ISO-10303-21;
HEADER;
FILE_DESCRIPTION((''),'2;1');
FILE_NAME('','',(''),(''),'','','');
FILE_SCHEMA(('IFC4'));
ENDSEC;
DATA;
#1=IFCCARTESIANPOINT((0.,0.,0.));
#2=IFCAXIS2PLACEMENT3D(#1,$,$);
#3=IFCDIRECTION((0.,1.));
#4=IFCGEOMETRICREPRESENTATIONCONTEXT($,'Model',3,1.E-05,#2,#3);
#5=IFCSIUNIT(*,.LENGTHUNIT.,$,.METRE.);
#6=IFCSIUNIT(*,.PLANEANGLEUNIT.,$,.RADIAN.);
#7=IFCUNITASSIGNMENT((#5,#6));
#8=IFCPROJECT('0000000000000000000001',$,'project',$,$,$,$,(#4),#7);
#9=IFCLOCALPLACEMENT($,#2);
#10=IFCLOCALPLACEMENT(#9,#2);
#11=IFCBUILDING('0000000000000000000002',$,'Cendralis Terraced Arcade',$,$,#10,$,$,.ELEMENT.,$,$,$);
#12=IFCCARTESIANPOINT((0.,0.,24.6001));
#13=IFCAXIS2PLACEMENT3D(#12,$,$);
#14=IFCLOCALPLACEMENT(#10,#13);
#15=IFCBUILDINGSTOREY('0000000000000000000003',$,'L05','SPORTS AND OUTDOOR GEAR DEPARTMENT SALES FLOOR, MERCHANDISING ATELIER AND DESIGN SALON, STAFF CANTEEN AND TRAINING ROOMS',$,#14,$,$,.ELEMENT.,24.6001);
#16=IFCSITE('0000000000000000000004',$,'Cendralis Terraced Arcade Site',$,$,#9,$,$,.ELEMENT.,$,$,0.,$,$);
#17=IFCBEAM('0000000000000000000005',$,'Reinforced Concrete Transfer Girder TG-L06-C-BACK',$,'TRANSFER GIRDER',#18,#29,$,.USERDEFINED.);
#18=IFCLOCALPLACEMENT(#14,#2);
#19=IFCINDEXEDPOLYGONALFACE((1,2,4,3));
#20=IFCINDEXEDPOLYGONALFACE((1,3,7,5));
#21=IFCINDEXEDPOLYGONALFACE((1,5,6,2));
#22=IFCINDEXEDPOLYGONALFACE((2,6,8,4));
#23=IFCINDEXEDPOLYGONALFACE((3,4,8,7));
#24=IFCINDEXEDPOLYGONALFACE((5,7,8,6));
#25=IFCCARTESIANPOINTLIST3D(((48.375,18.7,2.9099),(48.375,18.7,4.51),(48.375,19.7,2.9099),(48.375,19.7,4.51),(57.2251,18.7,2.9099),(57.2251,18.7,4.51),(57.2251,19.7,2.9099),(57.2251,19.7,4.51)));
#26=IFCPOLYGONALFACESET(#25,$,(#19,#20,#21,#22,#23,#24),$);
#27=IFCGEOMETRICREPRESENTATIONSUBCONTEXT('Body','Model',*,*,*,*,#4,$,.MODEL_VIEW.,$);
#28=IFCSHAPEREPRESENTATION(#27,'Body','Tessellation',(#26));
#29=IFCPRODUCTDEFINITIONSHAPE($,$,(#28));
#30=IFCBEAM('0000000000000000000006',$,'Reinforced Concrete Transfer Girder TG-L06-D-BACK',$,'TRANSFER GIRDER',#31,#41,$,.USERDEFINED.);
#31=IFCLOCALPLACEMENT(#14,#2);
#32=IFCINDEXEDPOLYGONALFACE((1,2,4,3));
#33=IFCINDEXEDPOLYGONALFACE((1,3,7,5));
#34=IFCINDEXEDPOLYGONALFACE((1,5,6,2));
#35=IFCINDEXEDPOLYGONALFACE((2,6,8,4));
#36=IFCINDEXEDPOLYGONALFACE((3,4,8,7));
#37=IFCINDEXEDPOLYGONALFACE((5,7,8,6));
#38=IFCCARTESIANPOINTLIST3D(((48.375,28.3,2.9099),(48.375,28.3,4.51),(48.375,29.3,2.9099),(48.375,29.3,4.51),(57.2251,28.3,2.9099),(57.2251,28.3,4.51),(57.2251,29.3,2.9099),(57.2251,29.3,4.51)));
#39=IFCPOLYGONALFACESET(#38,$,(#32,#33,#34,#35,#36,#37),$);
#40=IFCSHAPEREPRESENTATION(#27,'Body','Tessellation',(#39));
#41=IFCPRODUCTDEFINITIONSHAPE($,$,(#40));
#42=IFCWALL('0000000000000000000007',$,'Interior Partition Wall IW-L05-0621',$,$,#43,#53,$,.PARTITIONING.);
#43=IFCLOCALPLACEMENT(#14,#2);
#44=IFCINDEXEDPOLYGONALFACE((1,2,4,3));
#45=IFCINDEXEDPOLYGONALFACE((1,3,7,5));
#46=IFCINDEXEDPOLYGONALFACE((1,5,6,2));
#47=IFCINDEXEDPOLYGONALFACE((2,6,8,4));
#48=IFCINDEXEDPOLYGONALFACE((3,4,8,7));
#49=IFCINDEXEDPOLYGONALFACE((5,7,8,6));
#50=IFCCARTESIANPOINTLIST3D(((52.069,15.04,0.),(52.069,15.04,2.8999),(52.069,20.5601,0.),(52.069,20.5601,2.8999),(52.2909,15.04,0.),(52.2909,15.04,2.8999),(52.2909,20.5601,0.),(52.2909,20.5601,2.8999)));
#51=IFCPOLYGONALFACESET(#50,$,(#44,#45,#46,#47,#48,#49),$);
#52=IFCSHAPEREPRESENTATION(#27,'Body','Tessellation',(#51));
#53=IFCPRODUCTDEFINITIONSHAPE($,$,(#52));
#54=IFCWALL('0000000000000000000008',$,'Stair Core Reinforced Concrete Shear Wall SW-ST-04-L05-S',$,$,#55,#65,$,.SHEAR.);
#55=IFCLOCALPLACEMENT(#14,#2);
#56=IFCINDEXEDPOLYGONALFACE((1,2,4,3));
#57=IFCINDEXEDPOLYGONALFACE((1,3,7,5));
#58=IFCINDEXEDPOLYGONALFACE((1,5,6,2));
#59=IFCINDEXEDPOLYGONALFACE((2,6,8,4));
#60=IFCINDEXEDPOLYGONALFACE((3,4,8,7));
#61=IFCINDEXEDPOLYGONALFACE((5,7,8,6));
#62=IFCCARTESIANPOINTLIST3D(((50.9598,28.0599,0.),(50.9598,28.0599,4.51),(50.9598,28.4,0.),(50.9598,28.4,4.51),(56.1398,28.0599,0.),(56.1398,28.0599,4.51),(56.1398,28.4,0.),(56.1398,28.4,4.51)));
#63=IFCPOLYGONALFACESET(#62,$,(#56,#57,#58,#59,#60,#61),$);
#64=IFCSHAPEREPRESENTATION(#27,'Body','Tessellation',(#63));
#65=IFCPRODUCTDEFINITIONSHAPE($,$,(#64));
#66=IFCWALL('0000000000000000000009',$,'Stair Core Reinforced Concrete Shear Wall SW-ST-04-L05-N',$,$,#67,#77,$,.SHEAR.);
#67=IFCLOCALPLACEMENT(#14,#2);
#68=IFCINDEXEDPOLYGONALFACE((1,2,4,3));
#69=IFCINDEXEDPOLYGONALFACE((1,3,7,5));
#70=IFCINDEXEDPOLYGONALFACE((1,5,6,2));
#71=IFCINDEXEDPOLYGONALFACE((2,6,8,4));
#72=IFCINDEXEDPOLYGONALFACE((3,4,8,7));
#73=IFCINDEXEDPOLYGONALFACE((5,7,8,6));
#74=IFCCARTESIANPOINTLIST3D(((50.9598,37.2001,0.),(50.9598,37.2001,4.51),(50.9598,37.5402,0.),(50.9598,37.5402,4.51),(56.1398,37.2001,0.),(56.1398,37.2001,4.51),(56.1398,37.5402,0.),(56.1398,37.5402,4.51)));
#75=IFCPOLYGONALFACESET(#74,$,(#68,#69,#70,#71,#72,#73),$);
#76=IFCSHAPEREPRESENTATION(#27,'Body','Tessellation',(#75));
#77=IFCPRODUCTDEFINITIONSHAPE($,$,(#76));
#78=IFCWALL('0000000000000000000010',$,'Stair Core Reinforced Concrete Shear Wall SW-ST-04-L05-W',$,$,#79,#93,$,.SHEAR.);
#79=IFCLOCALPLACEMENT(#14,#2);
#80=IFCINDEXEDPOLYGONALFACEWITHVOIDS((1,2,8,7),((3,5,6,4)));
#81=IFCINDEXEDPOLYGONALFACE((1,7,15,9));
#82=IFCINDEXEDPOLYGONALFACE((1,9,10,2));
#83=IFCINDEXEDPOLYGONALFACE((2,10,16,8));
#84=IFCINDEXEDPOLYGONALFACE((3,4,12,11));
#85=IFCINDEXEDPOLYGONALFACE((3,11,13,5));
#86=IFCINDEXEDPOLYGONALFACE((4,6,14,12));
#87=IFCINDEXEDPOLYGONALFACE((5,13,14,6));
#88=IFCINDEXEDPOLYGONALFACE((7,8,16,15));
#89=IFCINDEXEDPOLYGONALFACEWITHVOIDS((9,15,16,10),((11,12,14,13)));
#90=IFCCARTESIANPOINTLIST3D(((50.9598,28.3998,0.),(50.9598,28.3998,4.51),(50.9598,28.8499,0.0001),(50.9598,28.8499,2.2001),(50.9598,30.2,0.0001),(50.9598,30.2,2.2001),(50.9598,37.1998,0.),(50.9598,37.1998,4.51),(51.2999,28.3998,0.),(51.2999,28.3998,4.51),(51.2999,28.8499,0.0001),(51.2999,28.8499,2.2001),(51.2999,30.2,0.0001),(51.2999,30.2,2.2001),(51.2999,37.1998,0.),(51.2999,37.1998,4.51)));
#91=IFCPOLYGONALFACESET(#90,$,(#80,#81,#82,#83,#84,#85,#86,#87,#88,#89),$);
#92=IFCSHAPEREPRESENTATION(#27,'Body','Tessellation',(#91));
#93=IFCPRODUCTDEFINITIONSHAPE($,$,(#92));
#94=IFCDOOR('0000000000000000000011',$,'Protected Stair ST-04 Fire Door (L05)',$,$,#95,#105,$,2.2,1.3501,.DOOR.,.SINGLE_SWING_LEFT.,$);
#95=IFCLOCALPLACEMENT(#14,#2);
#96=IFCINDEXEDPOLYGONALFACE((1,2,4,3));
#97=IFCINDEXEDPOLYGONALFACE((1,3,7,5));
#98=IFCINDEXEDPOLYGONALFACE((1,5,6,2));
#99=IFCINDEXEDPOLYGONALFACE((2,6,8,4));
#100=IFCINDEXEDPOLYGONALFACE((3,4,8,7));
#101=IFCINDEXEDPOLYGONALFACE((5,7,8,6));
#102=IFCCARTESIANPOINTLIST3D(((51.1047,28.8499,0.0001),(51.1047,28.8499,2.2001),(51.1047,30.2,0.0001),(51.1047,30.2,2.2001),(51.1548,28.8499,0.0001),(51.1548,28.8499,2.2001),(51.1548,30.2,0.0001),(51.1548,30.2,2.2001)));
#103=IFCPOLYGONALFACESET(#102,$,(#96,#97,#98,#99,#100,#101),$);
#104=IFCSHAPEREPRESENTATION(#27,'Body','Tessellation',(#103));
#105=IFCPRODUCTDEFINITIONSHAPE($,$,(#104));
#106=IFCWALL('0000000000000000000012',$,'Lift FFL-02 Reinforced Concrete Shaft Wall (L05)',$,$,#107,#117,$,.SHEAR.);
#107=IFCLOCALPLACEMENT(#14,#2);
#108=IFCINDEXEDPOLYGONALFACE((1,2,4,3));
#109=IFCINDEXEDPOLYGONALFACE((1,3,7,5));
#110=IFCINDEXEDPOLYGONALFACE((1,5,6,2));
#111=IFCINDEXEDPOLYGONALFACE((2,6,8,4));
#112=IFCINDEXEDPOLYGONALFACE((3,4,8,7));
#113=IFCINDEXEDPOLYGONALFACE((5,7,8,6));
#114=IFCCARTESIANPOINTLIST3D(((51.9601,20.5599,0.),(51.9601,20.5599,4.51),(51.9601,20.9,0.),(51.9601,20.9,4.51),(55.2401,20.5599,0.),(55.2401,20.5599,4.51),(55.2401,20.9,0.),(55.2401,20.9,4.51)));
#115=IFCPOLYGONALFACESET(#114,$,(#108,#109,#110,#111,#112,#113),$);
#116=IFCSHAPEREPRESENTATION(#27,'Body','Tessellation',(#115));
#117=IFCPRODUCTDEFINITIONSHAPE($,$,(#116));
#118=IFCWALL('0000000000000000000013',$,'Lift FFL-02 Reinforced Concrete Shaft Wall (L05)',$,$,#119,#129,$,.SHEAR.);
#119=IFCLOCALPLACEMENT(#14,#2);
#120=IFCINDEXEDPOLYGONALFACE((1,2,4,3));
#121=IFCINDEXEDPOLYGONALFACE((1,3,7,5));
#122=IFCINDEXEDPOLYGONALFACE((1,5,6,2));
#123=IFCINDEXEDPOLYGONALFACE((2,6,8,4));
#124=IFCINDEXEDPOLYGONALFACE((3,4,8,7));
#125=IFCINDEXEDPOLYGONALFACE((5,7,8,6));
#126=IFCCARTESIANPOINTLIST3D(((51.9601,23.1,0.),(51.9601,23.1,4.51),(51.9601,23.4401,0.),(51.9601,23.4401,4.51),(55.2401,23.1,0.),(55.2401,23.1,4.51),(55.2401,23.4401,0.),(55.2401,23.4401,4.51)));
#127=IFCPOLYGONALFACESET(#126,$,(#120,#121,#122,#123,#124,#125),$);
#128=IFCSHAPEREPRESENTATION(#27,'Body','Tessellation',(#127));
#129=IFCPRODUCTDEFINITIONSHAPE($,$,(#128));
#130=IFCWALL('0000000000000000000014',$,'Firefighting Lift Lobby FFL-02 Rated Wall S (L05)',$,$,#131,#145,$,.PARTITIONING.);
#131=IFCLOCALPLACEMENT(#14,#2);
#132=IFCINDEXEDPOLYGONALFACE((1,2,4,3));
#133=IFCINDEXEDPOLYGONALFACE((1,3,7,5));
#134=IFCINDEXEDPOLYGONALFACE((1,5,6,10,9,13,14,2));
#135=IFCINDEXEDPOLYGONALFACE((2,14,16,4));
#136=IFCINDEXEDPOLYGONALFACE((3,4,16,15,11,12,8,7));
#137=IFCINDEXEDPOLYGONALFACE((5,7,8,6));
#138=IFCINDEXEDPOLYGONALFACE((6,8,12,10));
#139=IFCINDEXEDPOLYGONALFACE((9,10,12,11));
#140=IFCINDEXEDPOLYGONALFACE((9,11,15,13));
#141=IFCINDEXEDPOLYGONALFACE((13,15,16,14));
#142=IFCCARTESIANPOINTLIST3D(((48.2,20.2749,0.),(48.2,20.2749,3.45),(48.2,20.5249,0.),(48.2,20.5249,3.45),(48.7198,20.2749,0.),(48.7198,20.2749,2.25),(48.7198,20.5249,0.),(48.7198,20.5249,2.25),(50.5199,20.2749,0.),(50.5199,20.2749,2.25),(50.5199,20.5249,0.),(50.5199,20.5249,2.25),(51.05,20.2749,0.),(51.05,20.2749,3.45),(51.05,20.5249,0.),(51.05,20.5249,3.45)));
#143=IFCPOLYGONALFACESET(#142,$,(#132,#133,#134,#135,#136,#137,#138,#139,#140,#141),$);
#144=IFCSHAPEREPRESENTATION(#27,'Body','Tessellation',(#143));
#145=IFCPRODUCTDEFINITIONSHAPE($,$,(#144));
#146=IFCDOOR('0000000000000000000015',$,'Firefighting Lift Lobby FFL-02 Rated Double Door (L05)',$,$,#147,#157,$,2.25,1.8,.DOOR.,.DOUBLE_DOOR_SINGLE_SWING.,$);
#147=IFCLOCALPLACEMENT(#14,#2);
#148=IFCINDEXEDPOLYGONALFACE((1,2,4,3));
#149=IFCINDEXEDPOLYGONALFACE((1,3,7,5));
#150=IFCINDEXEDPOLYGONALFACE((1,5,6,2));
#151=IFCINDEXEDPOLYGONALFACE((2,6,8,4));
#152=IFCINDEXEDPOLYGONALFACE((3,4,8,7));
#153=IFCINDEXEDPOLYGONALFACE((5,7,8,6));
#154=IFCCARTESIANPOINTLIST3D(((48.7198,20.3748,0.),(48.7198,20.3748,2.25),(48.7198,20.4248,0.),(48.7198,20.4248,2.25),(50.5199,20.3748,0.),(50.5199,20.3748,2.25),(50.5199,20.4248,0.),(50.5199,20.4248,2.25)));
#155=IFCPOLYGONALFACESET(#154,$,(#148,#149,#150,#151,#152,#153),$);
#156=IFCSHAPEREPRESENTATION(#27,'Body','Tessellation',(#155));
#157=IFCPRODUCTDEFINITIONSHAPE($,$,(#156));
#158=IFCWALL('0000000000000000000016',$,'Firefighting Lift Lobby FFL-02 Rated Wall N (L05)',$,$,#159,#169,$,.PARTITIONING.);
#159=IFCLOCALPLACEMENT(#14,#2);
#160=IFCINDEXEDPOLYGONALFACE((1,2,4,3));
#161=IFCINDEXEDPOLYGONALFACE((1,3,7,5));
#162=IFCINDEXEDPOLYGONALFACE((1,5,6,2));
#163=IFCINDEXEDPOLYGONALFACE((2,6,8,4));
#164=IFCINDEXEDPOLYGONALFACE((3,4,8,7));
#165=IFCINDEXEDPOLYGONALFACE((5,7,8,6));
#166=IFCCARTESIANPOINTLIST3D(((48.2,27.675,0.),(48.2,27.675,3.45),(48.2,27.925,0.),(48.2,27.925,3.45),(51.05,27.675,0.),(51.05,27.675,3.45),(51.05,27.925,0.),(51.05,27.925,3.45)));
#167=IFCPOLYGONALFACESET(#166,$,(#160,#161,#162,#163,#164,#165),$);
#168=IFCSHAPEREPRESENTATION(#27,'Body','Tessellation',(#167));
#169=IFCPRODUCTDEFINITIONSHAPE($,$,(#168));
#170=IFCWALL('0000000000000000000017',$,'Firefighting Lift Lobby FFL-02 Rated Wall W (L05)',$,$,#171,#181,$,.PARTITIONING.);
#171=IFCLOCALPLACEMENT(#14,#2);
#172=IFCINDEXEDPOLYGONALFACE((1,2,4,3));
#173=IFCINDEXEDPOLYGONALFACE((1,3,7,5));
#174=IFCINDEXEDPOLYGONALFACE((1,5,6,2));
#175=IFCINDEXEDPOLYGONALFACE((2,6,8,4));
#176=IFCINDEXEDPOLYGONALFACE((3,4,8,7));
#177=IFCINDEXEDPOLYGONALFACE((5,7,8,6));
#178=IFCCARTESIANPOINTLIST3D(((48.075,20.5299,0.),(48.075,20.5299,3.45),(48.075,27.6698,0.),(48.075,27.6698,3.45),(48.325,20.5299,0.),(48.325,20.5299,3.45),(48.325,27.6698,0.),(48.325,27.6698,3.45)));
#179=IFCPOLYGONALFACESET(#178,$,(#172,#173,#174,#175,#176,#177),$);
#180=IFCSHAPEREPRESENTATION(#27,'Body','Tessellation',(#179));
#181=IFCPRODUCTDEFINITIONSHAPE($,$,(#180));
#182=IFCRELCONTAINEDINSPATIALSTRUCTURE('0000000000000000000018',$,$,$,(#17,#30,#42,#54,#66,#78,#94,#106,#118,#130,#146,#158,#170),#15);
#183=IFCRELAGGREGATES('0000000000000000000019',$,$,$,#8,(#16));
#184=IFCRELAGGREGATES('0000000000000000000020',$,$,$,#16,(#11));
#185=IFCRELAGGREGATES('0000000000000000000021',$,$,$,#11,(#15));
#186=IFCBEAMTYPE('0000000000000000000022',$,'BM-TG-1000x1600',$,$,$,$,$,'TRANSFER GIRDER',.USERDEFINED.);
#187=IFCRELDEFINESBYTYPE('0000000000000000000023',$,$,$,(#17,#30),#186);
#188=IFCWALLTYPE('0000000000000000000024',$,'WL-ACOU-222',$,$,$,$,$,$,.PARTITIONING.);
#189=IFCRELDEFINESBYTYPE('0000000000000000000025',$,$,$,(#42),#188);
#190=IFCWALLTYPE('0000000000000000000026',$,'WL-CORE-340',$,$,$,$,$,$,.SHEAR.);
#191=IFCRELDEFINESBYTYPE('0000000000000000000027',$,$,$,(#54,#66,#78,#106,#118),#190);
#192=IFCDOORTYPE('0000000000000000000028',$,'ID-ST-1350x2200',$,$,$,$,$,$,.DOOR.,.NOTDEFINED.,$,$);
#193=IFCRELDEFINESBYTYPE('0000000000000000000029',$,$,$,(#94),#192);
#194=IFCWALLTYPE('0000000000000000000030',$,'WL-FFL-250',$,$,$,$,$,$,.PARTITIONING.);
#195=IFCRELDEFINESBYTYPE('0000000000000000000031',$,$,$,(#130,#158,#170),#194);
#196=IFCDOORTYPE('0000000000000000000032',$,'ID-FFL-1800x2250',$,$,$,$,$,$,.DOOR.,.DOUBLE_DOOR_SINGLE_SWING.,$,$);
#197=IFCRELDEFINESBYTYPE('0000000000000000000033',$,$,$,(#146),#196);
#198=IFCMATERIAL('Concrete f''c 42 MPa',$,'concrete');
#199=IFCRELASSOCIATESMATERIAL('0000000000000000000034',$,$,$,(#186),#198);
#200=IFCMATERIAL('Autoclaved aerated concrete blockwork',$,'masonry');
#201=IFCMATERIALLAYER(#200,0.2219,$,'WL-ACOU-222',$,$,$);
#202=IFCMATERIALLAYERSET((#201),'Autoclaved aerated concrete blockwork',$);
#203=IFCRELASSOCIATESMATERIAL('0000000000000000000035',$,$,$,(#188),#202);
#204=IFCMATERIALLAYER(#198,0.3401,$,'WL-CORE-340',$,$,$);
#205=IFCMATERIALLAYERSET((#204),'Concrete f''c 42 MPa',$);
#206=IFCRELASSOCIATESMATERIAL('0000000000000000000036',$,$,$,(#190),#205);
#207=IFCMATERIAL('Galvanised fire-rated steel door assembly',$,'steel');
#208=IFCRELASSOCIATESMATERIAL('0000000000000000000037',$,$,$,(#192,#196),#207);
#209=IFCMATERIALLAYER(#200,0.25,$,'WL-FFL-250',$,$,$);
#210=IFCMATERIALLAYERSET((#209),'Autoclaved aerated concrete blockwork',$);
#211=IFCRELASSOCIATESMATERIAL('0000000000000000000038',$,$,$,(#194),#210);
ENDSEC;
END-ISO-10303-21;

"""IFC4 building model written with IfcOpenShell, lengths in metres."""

from ifc_helpers import new_model, si_unit, direction, frame, frame_2d, origin, origin_2d, place, context, subcontext, project, spatial, rectangle, extrude, material, layer, layer_set, material_profile, profile_set, type_object, element, fill, save


model = new_model("IFC4")

# Units and contexts
model_context = context("Model", 3, precision=1e-05, world=origin(), true_north=direction((0.0, 1.0)))
body_context = subcontext(model_context, "Body", "Model", "MODEL_VIEW")
ifc_project = project(units=[si_unit("LENGTHUNIT", "METRE"), si_unit("PLANEANGLEUNIT", "RADIAN")], contexts=[model_context])

# Site, building, storey
site_placement = place(None, origin())
site = spatial("IfcSite", under=ifc_project, at=site_placement, Name="Cendralis Terraced Arcade Site", CompositionType="ELEMENT", RefElevation=0.0)
building_placement = place(site_placement, origin())
building = spatial("IfcBuilding", under=site, at=building_placement, Name="Cendralis Terraced Arcade", CompositionType="ELEMENT")
storey_placement = place(building_placement, frame((0.0, 0.0, 24.6001)))
storey = spatial("IfcBuildingStorey", under=building, at=storey_placement, Name="L05", Description="SPORTS AND OUTDOOR GEAR DEPARTMENT SALES FLOOR, MERCHANDISING ATELIER AND DESIGN SALON, STAFF CANTEEN AND TRAINING ROOMS", CompositionType="ELEMENT", Elevation=24.6001)

# Beams
ifc_material_1 = material(Name="Concrete f'c 42 MPa", Category="concrete")
ifc_material_profile = material_profile(ifc_material_1, rectangle(XDim=1.0, YDim=1.6001, at=origin_2d()), Name="RC-TG-1000x1600", Category="LoadBearing")
ifc_profile_set = profile_set([ifc_material_profile], Name="Concrete f'c 42 MPa")
beam_type = type_object("IfcBeamType", Name="BM-TG-1000x1600", ElementType="TRANSFER GIRDER", PredefinedType="USERDEFINED", material=ifc_profile_set)
for number, where, z_axis, x_axis, name in (
    (1, (48.375, 19.2, 3.71), (1.0, 0.0, 0.0), (0.0, 1.0, 0.0), "Reinforced Concrete Transfer Girder TG-L06-C-BACK"),
    (2, (48.375, 28.8, 3.71), (1.0, 0.0, 0.0), (0.0, 1.0, 0.0), "Reinforced Concrete Transfer Girder TG-L06-D-BACK"),
):
    element("IfcBeam", number, at=place(storey_placement, frame(where, z_axis=z_axis, x_axis=x_axis)), inside=storey, type_object=beam_type, Name=name, ObjectType="TRANSFER GIRDER", PredefinedType="USERDEFINED", context=body_context, shape_type="SweptSolid", body=[
        extrude(rectangle(XDim=1.0, YDim=1.6001, at=origin_2d()), origin(), (0.0, 0.0, 1.0), 8.8501),
    ])

# Walls
ifc_material_2 = material(Name="Autoclaved aerated concrete blockwork", Category="masonry")
ifc_layer_1 = layer(ifc_material_2, 0.2219, Name="WL-ACOU-222")
ifc_layer_set_1 = layer_set([ifc_layer_1], Name="Autoclaved aerated concrete blockwork")
wall_type_1 = type_object("IfcWallType", Name="WL-ACOU-222", PredefinedType="PARTITIONING", material=ifc_layer_set_1)
wall_1_placement = place(storey_placement, frame((52.1799, 15.04, 0.0), z_axis=(0.0, 0.0, 1.0), x_axis=(0.0, 1.0, 0.0)))
element("IfcWall", 3, at=wall_1_placement, inside=storey, type_object=wall_type_1, Name="Interior Partition Wall IW-L05-0621", PredefinedType="PARTITIONING", context=body_context, shape_type="SweptSolid", body=[
    extrude(rectangle(XDim=5.52, YDim=0.2219, at=frame_2d((2.76, 0.0))), origin(), (0.0, 0.0, 1.0), 2.8999),
])
ifc_layer_2 = layer(ifc_material_1, 0.3401, Name="WL-CORE-340")
ifc_layer_set_2 = layer_set([ifc_layer_2], Name="Concrete f'c 42 MPa")
wall_type_2 = type_object("IfcWallType", Name="WL-CORE-340", PredefinedType="SHEAR", material=ifc_layer_set_2)
for number, where, z_axis, x_axis, name in (
    (4, (50.96, 28.23, 0.0), (0.0, 0.0, 1.0), (1.0, 0.0, 0.0), "Stair Core Reinforced Concrete Shear Wall SW-ST-04-L05-S"),
    (5, (50.96, 37.3701, 0.0), (0.0, 0.0, 1.0), (1.0, 0.0, 0.0), "Stair Core Reinforced Concrete Shear Wall SW-ST-04-L05-N"),
):
    element("IfcWall", number, at=place(storey_placement, frame(where, z_axis=z_axis, x_axis=x_axis)), inside=storey, type_object=wall_type_2, Name=name, PredefinedType="SHEAR", context=body_context, shape_type="SweptSolid", body=[
        extrude(rectangle(XDim=5.1799, YDim=0.3401, at=frame_2d((2.5898, 0.0))), origin(), (0.0, 0.0, 1.0), 4.51),
    ])

# Wall, opening, door
wall_2_placement = place(storey_placement, frame((51.1299, 28.3999, 0.0), z_axis=(0.0, 0.0, 1.0), x_axis=(0.0, 1.0, 0.0)))
wall_2 = element("IfcWall", 6, at=wall_2_placement, inside=storey, type_object=wall_type_2, Name="Stair Core Reinforced Concrete Shear Wall SW-ST-04-L05-W", PredefinedType="SHEAR", context=body_context, shape_type="SweptSolid", body=[
    extrude(rectangle(XDim=8.8, YDim=0.3401, at=frame_2d((4.3999, 0.0))), origin(), (0.0, 0.0, 1.0), 4.51),
])
opening_1_placement = place(wall_2_placement, frame((0.45, 0.0, 0.0)))
opening_1 = element("IfcOpeningElement", 7, at=opening_1_placement, cuts=wall_2, PredefinedType="OPENING", context=body_context, shape_type="SweptSolid", body=[
    extrude(rectangle(XDim=1.3501, YDim=2.2, at=frame_2d((0.675, 1.1001))), frame((0.0, 0.1821, 0.0), z_axis=(0.0, -1.0, 0.0), x_axis=(1.0, 0.0, 0.0)), (0.0, 0.0, 1.0), 0.364),
])
ifc_material_3 = material(Name="Galvanised fire-rated steel door assembly", Category="steel")
door_type_1 = type_object("IfcDoorType", Name="ID-ST-1350x2200", OperationType="NOTDEFINED", PredefinedType="DOOR", material=ifc_material_3)
door_1_placement = place(opening_1_placement, frame((1.3501, 0.0, 0.0), z_axis=(0.0, 0.0, 1.0), x_axis=(-1.0, 0.0, 0.0)))
door_1 = element("IfcDoor", 8, at=door_1_placement, inside=storey, type_object=door_type_1, Name="Protected Stair ST-04 Fire Door (L05)", OperationType="SINGLE_SWING_LEFT", OverallHeight=2.2, OverallWidth=1.3501, PredefinedType="DOOR", context=body_context, shape_type="SweptSolid", body=[
    extrude(rectangle(XDim=1.3501, YDim=2.2, at=frame_2d((0.675, 1.1001))), frame((0.0, 0.0249, 0.0), z_axis=(0.0, -1.0, 0.0), x_axis=(1.0, 0.0, 0.0)), (0.0, 0.0, 1.0), 0.05),
])
fill(opening_1, door_1)

# Walls
for number, where, z_axis, x_axis, name in (
    (9, (51.96, 20.73, 0.0), (0.0, 0.0, 1.0), (1.0, 0.0, 0.0), "Lift FFL-02 Reinforced Concrete Shaft Wall (L05)"),
    (10, (51.96, 23.27, 0.0), (0.0, 0.0, 1.0), (1.0, 0.0, 0.0), "Lift FFL-02 Reinforced Concrete Shaft Wall (L05)"),
):
    element("IfcWall", number, at=place(storey_placement, frame(where, z_axis=z_axis, x_axis=x_axis)), inside=storey, type_object=wall_type_2, Name=name, PredefinedType="SHEAR", context=body_context, shape_type="SweptSolid", body=[
        extrude(rectangle(XDim=3.28, YDim=0.3401, at=frame_2d((1.6401, 0.0))), origin(), (0.0, 0.0, 1.0), 4.51),
    ])

# Wall, opening, door
ifc_layer_3 = layer(ifc_material_2, 0.25, Name="WL-FFL-250")
ifc_layer_set_3 = layer_set([ifc_layer_3], Name="Autoclaved aerated concrete blockwork")
wall_type_3 = type_object("IfcWallType", Name="WL-FFL-250", PredefinedType="PARTITIONING", material=ifc_layer_set_3)
wall_3_placement = place(storey_placement, frame((48.2, 20.3999, 0.0), z_axis=(0.0, 0.0, 1.0), x_axis=(1.0, 0.0, 0.0)))
wall_3 = element("IfcWall", 11, at=wall_3_placement, inside=storey, type_object=wall_type_3, Name="Firefighting Lift Lobby FFL-02 Rated Wall S (L05)", PredefinedType="PARTITIONING", context=body_context, shape_type="SweptSolid", body=[
    extrude(rectangle(XDim=2.8501, YDim=0.25, at=frame_2d((1.425, 0.0))), origin(), (0.0, 0.0, 1.0), 3.45),
])
opening_2_placement = place(wall_3_placement, frame((0.52, 0.0, 0.0)))
opening_2 = element("IfcOpeningElement", 12, at=opening_2_placement, cuts=wall_3, PredefinedType="OPENING", context=body_context, shape_type="SweptSolid", body=[
    extrude(rectangle(XDim=1.8, YDim=2.25, at=frame_2d((0.8999, 1.125))), frame((0.0, 0.137, 0.0), z_axis=(0.0, -1.0, 0.0), x_axis=(1.0, 0.0, 0.0)), (0.0, 0.0, 1.0), 0.2739),
])
door_type_2 = type_object("IfcDoorType", Name="ID-FFL-1800x2250", OperationType="DOUBLE_DOOR_SINGLE_SWING", PredefinedType="DOOR", material=ifc_material_3)
door_2_placement = place(opening_2_placement, origin())
door_2 = element("IfcDoor", 13, at=door_2_placement, inside=storey, type_object=door_type_2, Name="Firefighting Lift Lobby FFL-02 Rated Double Door (L05)", OperationType="DOUBLE_DOOR_SINGLE_SWING", OverallHeight=2.25, OverallWidth=1.8, PredefinedType="DOOR", context=body_context, shape_type="SweptSolid", body=[
    extrude(rectangle(XDim=1.8, YDim=2.25, at=frame_2d((0.8999, 1.125))), frame((0.0, 0.0249, 0.0), z_axis=(0.0, -1.0, 0.0), x_axis=(1.0, 0.0, 0.0)), (0.0, 0.0, 1.0), 0.05),
])
fill(opening_2, door_2)

# Walls
wall_4_placement = place(storey_placement, frame((48.2, 27.8, 0.0), z_axis=(0.0, 0.0, 1.0), x_axis=(1.0, 0.0, 0.0)))
element("IfcWall", 14, at=wall_4_placement, inside=storey, type_object=wall_type_3, Name="Firefighting Lift Lobby FFL-02 Rated Wall N (L05)", PredefinedType="PARTITIONING", context=body_context, shape_type="SweptSolid", body=[
    extrude(rectangle(XDim=2.8501, YDim=0.25, at=frame_2d((1.425, 0.0))), origin(), (0.0, 0.0, 1.0), 3.45),
])
wall_5_placement = place(storey_placement, frame((48.2, 20.53, 0.0), z_axis=(0.0, 0.0, 1.0), x_axis=(0.0, 1.0, 0.0)))
element("IfcWall", 15, at=wall_5_placement, inside=storey, type_object=wall_type_3, Name="Firefighting Lift Lobby FFL-02 Rated Wall W (L05)", PredefinedType="PARTITIONING", context=body_context, shape_type="SweptSolid", body=[
    extrude(rectangle(XDim=7.1399, YDim=0.25, at=frame_2d((3.5698, 0.0))), origin(), (0.0, 0.0, 1.0), 3.45),
])

save(model, "model.ifc")
